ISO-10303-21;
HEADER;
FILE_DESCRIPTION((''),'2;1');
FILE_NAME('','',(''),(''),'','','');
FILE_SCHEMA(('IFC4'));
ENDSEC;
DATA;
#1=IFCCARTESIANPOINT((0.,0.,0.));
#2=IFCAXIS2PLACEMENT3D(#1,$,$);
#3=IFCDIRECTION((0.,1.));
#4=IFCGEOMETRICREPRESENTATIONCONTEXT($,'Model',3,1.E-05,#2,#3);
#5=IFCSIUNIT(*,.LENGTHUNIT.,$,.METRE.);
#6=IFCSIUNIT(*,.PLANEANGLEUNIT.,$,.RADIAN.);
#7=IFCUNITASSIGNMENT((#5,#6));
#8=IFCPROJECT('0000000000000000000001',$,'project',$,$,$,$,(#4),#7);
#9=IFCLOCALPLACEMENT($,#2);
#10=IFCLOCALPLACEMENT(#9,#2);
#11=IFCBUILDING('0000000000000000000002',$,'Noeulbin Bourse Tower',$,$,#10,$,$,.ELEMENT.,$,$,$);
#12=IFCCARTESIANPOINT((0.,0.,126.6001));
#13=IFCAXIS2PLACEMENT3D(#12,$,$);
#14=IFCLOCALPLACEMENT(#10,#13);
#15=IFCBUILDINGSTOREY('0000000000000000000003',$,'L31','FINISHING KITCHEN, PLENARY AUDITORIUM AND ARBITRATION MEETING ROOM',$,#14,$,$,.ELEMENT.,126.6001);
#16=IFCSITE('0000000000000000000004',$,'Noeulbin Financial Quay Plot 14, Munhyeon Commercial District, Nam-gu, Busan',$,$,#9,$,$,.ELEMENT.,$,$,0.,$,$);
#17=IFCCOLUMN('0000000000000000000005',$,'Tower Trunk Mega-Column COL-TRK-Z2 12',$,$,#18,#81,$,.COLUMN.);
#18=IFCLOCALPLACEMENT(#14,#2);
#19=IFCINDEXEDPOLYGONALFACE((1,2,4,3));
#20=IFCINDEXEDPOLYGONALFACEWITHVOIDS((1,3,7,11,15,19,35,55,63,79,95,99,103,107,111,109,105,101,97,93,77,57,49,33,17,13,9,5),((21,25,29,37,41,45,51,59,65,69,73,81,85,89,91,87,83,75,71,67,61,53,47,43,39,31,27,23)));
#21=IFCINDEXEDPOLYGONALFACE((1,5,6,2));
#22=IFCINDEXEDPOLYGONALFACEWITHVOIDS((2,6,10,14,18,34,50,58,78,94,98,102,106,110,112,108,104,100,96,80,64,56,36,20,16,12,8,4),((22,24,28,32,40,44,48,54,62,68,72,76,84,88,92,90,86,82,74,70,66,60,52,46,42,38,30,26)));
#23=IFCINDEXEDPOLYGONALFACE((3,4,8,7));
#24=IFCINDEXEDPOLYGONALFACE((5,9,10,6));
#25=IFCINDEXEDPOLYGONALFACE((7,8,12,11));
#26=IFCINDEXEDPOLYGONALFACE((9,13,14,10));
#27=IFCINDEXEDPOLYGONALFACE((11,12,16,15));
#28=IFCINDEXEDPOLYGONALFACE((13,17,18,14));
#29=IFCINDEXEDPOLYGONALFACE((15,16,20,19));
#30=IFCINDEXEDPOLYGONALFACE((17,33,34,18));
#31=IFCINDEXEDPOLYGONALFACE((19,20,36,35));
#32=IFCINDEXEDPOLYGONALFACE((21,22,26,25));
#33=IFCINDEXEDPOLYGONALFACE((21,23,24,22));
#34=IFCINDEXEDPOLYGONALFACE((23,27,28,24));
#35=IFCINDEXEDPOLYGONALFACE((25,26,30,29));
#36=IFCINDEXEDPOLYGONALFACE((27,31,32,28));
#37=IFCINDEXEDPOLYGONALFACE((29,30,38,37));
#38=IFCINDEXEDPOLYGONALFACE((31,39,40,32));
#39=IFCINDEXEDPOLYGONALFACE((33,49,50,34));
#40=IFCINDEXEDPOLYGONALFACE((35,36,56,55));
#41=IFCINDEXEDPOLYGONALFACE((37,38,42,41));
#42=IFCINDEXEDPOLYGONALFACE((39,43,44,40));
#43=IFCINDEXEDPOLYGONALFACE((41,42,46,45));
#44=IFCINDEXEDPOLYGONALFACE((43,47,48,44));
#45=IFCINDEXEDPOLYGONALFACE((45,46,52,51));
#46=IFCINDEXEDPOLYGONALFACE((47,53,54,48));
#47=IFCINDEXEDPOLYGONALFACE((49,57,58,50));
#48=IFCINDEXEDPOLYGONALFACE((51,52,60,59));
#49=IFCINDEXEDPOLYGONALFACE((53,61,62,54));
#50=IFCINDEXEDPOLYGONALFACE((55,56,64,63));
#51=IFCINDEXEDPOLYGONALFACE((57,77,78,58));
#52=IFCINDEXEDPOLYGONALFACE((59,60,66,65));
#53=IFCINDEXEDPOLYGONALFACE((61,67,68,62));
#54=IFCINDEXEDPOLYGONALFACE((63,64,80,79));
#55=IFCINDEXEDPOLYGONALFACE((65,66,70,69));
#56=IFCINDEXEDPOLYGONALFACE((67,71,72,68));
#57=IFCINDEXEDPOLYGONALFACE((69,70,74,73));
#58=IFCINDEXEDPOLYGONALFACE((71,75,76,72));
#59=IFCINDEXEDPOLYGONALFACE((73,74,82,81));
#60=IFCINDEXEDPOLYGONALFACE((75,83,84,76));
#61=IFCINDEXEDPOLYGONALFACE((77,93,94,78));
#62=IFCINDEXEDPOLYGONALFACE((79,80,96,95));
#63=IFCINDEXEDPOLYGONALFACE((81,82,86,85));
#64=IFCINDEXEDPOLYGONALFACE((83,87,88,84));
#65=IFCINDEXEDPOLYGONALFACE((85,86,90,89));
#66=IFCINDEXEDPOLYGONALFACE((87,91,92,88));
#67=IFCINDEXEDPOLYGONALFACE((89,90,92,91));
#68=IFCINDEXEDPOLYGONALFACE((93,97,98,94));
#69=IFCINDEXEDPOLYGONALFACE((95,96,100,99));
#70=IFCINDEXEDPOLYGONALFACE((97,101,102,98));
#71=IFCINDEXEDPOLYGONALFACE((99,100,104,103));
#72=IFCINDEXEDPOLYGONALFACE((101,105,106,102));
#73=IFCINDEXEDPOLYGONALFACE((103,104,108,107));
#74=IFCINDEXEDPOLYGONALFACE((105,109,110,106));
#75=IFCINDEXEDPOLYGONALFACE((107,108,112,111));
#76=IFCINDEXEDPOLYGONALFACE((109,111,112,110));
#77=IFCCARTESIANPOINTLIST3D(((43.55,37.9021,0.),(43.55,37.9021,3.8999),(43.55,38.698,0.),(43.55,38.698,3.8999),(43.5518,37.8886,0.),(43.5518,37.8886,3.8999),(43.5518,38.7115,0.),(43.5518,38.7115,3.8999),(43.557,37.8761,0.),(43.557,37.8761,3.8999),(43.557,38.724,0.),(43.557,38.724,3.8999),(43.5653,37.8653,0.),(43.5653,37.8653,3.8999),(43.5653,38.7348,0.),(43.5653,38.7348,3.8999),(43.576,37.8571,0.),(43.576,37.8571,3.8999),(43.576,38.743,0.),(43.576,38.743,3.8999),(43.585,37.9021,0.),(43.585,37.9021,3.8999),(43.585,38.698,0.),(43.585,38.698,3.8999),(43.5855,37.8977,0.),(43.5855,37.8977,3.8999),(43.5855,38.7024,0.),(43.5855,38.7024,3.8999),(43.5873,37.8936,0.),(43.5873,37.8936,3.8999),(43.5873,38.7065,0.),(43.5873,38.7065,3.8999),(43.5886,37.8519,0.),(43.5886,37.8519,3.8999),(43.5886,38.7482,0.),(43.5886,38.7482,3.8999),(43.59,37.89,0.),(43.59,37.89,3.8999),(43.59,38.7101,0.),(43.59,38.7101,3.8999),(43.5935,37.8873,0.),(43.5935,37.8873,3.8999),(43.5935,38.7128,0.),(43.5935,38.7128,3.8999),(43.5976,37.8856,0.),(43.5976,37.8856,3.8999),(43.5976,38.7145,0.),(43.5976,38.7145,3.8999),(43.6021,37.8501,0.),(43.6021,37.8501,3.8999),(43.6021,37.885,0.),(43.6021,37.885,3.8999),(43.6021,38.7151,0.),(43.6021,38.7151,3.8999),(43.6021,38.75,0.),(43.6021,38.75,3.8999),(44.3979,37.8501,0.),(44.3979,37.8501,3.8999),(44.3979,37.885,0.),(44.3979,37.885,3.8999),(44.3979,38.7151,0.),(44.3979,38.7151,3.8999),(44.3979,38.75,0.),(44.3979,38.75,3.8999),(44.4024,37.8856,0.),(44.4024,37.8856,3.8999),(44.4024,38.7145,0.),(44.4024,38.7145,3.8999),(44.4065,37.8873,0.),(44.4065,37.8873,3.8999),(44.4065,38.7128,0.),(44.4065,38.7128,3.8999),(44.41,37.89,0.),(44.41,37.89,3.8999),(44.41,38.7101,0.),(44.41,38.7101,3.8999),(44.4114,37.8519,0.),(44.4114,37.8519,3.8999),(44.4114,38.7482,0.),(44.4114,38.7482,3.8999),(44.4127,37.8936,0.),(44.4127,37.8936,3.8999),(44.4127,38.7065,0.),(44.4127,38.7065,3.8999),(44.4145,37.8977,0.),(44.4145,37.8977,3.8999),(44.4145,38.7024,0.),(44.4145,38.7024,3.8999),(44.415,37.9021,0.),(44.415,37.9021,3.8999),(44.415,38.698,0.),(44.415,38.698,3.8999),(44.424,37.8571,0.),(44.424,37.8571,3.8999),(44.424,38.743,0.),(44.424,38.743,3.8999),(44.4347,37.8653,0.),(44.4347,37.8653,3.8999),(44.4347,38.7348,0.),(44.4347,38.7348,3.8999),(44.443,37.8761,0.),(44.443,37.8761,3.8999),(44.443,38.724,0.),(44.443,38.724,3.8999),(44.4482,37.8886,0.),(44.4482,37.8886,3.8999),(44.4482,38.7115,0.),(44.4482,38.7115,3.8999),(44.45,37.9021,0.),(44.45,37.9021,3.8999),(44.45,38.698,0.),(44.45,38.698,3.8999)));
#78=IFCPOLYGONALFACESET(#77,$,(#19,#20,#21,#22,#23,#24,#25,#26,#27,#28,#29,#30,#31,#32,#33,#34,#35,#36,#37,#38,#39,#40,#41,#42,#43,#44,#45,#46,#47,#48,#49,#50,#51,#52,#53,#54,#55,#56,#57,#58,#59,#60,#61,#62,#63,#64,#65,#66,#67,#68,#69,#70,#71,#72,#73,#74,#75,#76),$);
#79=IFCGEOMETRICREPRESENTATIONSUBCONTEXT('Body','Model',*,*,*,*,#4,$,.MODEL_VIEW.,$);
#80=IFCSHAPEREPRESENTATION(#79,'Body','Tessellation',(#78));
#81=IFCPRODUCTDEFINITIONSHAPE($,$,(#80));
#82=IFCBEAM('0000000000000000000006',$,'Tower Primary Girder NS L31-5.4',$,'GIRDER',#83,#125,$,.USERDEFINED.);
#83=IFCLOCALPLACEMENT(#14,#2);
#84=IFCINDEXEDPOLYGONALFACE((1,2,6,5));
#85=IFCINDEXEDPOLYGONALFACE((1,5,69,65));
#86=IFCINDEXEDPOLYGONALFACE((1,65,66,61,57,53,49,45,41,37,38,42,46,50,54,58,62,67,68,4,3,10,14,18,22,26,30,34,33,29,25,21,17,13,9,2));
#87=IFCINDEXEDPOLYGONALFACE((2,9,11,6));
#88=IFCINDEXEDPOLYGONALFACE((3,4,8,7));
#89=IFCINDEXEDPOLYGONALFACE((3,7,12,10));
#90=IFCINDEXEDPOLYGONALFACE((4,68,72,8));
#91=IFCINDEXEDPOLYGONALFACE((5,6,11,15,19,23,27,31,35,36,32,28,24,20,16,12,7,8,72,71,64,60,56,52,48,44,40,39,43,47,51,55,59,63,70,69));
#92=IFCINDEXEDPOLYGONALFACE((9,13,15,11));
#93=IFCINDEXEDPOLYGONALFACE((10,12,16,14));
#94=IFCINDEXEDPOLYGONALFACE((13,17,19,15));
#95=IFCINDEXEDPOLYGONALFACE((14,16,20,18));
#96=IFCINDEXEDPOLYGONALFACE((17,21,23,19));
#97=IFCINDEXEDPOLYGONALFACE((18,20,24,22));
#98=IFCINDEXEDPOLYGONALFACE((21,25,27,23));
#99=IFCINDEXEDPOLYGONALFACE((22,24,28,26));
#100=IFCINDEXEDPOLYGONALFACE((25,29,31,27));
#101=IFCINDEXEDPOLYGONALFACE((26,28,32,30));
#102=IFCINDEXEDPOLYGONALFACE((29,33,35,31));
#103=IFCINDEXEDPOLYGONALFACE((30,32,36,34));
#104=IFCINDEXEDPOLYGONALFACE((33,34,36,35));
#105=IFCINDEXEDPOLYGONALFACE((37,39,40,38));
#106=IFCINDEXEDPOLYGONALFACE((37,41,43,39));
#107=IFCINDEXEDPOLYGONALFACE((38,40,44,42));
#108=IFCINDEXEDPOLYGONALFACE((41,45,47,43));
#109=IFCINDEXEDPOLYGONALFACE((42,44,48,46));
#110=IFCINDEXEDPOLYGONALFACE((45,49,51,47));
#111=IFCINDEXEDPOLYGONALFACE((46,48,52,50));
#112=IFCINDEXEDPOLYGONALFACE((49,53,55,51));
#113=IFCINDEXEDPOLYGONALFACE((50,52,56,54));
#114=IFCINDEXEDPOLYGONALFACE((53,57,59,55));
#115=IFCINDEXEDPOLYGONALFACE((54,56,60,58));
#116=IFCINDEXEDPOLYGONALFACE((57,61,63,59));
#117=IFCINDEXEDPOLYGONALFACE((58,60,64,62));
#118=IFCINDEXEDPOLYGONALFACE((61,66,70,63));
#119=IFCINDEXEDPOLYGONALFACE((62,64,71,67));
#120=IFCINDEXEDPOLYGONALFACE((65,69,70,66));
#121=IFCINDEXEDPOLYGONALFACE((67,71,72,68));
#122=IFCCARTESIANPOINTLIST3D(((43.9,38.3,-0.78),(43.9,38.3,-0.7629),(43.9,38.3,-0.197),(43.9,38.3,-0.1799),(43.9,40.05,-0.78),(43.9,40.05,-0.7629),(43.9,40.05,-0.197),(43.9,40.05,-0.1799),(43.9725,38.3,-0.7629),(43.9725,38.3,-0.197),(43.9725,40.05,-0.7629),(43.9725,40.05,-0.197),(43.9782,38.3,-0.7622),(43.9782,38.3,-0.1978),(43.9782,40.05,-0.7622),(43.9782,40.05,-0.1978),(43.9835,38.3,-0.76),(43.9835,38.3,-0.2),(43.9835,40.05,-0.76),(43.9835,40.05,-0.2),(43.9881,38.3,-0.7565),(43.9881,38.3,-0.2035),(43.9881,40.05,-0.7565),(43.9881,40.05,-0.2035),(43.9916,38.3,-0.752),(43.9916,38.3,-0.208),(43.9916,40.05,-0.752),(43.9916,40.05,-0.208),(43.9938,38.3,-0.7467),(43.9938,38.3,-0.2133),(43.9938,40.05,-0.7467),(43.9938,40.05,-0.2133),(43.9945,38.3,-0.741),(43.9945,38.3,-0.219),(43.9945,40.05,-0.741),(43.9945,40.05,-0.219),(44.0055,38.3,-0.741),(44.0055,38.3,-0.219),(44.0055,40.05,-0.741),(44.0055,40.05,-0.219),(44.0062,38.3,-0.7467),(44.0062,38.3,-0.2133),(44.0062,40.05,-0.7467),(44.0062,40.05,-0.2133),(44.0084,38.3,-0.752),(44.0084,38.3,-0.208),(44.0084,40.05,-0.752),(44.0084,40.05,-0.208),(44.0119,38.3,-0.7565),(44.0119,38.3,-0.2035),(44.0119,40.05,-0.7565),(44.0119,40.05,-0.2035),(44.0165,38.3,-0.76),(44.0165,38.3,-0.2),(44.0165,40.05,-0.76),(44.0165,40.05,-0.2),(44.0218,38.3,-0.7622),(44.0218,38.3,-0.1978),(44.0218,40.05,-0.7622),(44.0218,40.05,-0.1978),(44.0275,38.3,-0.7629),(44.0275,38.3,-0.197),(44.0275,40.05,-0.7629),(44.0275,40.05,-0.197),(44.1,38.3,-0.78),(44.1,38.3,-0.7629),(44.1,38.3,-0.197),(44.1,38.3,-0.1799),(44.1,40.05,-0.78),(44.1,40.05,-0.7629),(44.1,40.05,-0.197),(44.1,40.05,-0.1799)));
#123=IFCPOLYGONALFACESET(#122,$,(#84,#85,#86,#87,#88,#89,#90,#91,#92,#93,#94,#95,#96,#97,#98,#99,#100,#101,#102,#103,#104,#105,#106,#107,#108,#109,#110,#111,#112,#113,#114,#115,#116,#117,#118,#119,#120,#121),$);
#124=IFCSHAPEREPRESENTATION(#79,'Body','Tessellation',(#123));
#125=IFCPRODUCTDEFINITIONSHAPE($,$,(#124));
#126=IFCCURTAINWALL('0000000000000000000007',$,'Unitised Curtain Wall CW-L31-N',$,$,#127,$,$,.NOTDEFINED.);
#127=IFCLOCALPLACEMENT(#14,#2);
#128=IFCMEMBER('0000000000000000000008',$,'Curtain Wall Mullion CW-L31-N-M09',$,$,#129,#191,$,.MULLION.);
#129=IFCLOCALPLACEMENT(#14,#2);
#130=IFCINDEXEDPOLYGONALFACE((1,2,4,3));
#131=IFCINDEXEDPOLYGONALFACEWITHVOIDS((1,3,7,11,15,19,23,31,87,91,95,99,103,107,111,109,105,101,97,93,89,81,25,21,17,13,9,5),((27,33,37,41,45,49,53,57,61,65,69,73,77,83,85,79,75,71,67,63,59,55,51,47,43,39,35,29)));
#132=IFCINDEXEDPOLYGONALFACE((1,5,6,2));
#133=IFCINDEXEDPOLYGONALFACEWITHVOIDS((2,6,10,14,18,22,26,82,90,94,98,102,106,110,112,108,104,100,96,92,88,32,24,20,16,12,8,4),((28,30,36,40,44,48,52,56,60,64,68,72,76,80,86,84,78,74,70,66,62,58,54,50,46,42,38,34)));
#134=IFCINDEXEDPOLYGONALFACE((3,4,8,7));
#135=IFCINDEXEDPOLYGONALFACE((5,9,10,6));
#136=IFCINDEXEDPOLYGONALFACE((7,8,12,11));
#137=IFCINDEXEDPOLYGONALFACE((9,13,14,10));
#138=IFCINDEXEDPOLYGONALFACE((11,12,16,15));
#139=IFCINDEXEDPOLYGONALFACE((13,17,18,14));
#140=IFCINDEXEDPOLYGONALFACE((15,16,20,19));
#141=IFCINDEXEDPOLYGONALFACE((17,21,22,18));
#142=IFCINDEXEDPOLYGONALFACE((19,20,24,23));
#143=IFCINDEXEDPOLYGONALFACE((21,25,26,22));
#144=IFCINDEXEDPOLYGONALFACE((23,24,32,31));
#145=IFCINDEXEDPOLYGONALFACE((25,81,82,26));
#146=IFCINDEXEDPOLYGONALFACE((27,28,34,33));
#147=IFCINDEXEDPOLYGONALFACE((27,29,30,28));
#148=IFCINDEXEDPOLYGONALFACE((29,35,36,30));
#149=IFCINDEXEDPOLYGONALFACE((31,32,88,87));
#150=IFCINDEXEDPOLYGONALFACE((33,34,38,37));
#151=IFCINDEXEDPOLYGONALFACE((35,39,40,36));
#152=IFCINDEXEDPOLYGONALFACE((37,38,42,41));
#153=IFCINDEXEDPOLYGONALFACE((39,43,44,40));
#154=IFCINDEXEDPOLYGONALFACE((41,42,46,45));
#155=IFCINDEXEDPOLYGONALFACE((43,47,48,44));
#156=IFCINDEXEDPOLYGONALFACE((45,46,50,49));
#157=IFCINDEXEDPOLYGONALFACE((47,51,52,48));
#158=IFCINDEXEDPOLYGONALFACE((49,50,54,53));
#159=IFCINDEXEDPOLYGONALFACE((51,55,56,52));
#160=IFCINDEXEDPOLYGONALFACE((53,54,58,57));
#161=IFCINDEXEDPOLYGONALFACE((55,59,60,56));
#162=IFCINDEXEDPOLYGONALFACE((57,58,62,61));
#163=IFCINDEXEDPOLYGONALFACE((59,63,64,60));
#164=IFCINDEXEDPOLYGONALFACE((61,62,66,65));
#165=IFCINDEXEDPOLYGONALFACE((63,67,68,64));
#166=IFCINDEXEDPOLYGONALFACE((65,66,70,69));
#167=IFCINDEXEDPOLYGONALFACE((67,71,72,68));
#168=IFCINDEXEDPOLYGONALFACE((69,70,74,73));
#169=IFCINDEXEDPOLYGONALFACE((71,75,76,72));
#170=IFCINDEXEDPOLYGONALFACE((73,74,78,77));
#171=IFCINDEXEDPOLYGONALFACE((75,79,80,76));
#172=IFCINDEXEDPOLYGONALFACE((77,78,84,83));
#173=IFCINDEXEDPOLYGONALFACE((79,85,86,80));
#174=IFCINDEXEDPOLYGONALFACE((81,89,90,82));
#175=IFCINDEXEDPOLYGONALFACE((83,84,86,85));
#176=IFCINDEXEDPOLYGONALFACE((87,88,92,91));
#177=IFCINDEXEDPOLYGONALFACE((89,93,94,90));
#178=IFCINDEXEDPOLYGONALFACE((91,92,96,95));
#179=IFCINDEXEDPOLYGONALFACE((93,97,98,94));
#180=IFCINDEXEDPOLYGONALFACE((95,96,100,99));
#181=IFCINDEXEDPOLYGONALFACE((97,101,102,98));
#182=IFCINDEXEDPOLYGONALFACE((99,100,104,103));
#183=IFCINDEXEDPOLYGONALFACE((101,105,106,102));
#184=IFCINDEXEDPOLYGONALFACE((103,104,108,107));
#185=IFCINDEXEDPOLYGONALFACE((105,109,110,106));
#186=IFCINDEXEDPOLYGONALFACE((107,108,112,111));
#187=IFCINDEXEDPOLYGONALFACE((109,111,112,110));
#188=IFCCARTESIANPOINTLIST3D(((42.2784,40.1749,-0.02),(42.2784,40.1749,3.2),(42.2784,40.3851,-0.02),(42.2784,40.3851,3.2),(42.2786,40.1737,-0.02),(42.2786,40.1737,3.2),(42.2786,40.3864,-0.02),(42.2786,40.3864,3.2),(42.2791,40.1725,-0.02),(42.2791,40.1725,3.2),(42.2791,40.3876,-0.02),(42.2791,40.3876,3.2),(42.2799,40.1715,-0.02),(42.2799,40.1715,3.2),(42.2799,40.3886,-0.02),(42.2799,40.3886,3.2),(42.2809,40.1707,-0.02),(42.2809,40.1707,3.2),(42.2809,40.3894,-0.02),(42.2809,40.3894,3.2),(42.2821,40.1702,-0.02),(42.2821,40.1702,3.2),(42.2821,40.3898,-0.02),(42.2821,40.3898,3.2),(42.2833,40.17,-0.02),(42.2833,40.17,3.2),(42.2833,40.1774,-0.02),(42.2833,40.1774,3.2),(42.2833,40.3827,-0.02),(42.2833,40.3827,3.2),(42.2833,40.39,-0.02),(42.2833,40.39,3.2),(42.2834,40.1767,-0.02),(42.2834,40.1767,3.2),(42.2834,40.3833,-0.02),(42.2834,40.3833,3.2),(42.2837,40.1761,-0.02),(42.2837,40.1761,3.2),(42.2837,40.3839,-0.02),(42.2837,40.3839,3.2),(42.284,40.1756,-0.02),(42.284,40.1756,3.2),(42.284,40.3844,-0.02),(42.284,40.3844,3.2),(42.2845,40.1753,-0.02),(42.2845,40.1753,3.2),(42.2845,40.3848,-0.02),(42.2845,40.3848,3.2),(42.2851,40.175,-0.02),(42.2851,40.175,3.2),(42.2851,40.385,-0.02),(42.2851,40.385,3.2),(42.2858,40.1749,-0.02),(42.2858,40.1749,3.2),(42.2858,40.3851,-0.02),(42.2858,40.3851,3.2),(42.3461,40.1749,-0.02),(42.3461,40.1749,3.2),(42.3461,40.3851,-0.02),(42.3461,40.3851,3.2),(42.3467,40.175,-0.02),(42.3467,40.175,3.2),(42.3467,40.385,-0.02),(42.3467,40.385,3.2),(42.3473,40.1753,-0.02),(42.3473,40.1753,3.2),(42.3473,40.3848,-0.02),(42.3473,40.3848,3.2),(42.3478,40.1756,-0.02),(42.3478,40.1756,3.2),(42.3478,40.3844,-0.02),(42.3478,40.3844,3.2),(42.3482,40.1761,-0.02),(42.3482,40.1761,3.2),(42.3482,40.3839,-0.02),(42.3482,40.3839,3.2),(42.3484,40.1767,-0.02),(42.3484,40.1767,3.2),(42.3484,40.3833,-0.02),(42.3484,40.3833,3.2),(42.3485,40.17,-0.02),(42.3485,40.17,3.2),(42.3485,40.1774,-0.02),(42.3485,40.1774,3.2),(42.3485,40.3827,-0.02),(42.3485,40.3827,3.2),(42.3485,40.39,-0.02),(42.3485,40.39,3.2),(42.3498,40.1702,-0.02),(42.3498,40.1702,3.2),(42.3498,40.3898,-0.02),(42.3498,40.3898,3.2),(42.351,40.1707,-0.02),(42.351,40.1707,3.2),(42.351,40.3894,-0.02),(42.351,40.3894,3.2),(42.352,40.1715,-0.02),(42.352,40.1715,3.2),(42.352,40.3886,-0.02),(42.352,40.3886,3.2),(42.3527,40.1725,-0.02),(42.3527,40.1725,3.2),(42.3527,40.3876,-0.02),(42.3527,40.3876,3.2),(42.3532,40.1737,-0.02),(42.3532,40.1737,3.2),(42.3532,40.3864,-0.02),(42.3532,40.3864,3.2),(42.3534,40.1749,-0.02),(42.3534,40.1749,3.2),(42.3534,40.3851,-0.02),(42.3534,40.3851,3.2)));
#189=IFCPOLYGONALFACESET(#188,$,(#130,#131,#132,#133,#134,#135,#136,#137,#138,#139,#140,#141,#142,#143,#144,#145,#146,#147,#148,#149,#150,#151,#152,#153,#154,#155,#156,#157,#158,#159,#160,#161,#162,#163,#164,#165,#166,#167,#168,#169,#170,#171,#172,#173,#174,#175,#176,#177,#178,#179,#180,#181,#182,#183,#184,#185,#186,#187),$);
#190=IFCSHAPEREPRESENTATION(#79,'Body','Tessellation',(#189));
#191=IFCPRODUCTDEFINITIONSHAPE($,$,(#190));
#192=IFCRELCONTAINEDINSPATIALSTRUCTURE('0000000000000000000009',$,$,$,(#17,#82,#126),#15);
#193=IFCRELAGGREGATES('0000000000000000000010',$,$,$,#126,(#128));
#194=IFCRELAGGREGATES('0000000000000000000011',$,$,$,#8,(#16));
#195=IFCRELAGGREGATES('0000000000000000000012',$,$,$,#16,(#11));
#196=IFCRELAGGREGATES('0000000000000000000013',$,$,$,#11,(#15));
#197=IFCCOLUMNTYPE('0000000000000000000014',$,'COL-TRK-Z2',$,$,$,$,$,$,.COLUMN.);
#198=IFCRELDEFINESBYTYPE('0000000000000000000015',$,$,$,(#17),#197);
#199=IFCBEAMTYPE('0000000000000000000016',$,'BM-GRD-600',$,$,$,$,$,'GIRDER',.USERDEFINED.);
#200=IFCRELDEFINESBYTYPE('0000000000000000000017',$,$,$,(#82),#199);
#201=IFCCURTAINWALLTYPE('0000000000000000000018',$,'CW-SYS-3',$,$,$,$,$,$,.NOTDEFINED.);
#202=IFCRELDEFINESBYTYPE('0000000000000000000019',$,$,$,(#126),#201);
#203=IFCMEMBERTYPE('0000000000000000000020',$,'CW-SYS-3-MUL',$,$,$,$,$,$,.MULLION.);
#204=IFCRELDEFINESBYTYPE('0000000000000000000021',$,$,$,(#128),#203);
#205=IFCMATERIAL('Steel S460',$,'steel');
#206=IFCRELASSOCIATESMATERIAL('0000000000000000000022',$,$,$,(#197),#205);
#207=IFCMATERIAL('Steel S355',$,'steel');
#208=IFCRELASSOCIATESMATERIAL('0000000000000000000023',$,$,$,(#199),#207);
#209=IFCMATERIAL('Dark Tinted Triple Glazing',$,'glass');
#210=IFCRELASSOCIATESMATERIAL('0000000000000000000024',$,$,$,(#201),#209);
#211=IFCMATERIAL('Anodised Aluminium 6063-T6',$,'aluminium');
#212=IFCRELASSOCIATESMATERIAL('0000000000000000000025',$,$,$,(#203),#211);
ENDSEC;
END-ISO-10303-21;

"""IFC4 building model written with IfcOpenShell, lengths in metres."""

from ifc_helpers import new_model, si_unit, direction, frame, origin, origin_2d, place, context, subcontext, project, spatial, hollow_rectangle, i_section, extrude, material, material_profile, profile_set, type_object, element, aggregate, save


model = new_model("IFC4")

# Units and contexts
model_context = context("Model", 3, precision=1e-05, world=origin(), true_north=direction((0.0, 1.0)))
body_context = subcontext(model_context, "Body", "Model", "MODEL_VIEW")
ifc_project = project(units=[si_unit("LENGTHUNIT", "METRE"), si_unit("PLANEANGLEUNIT", "RADIAN")], contexts=[model_context])

# Site, building, storey
site_placement = place(None, origin())
site = spatial("IfcSite", under=ifc_project, at=site_placement, Name="Noeulbin Financial Quay Plot 14, Munhyeon Commercial District, Nam-gu, Busan", CompositionType="ELEMENT", RefElevation=0.0)
building_placement = place(site_placement, origin())
building = spatial("IfcBuilding", under=site, at=building_placement, Name="Noeulbin Bourse Tower", CompositionType="ELEMENT")
storey_placement = place(building_placement, frame((0.0, 0.0, 126.6001)))
storey = spatial("IfcBuildingStorey", under=building, at=storey_placement, Name="L31", Description="FINISHING KITCHEN, PLENARY AUDITORIUM AND ARBITRATION MEETING ROOM", CompositionType="ELEMENT", Elevation=126.6001)

# Column
ifc_material_1 = material(Name="Steel S460", Category="steel")
ifc_material_profile_1 = material_profile(ifc_material_1, hollow_rectangle(XDim=0.8999, YDim=0.8999, WallThickness=0.0349, InnerFilletRadius=0.0171, OuterFilletRadius=0.052, at=origin_2d()), Name="BOX-900x900x35", Category="LoadBearing")
ifc_profile_set_1 = profile_set([ifc_material_profile_1], Name="Steel S460")
column_type = type_object("IfcColumnType", Name="COL-TRK-Z2", PredefinedType="COLUMN", material=ifc_profile_set_1)
column_placement = place(storey_placement, frame((44.0, 38.3, 0.0), z_axis=(0.0, 0.0, 1.0), x_axis=(1.0, 0.0, 0.0)))
element("IfcColumn", 1, at=column_placement, inside=storey, type_object=column_type, Name="Tower Trunk Mega-Column COL-TRK-Z2 12", PredefinedType="COLUMN", context=body_context, shape_type="SweptSolid", body=[
    extrude(hollow_rectangle(XDim=0.8999, YDim=0.8999, WallThickness=0.0349, InnerFilletRadius=0.0171, OuterFilletRadius=0.052, at=origin_2d()), origin(), (0.0, 0.0, 1.0), 3.8999),
])

# Beam
ifc_material_2 = material(Name="Steel S355", Category="steel")
ifc_material_profile_2 = material_profile(ifc_material_2, i_section(OverallWidth=0.2, OverallDepth=0.6001, WebThickness=0.011, FlangeThickness=0.0171, FilletRadius=0.022, at=origin_2d()), Name="H-600x200x11x17", Category="LoadBearing")
ifc_profile_set_2 = profile_set([ifc_material_profile_2], Name="Steel S355")
beam_type = type_object("IfcBeamType", Name="BM-GRD-600", ElementType="GIRDER", PredefinedType="USERDEFINED", material=ifc_profile_set_2)
beam_placement = place(storey_placement, frame((44.0, 38.3, -0.48), z_axis=(0.0, 1.0, 0.0), x_axis=(-1.0, 0.0, 0.0)))
element("IfcBeam", 2, at=beam_placement, inside=storey, type_object=beam_type, Name="Tower Primary Girder NS L31-5.4", ObjectType="GIRDER", PredefinedType="USERDEFINED", context=body_context, shape_type="SweptSolid", body=[
    extrude(i_section(OverallWidth=0.2, OverallDepth=0.6001, WebThickness=0.011, FlangeThickness=0.0171, FilletRadius=0.022, at=origin_2d()), origin(), (0.0, 0.0, 1.0), 1.75),
])

# Curtain wall, member
ifc_material_3 = material(Name="Dark Tinted Triple Glazing", Category="glass")
curtain_wall_type = type_object("IfcCurtainWallType", Name="CW-SYS-3", PredefinedType="NOTDEFINED", material=ifc_material_3)
curtain_wall_1_placement = place(storey_placement, origin())
curtain_wall_1 = element("IfcCurtainWall", 3, at=curtain_wall_1_placement, inside=storey, type_object=curtain_wall_type, Name="Unitised Curtain Wall CW-L31-N", PredefinedType="NOTDEFINED")
ifc_material_4 = material(Name="Anodised Aluminium 6063-T6", Category="aluminium")
ifc_material_profile_3 = material_profile(ifc_material_4, hollow_rectangle(XDim=0.075, YDim=0.22, WallThickness=0.0049, InnerFilletRadius=0.0024, OuterFilletRadius=0.0049, at=origin_2d()), Name="ALU-MULL-75x220x5", Category="LoadBearing")
ifc_profile_set_3 = profile_set([ifc_material_profile_3], Name="Anodised Aluminium 6063-T6")
member_type_1 = type_object("IfcMemberType", Name="CW-SYS-3-MUL", PredefinedType="MULLION", material=ifc_profile_set_3)
member_1_placement = place(storey_placement, frame((42.3159, 40.28, -0.02), z_axis=(0.0, 0.0, 1.0), x_axis=(1.0, 0.0, 0.0)))
member_1 = element("IfcMember", 4, at=member_1_placement, type_object=member_type_1, Name="Curtain Wall Mullion CW-L31-N-M09", PredefinedType="MULLION", context=body_context, shape_type="SweptSolid", body=[
    extrude(hollow_rectangle(XDim=0.075, YDim=0.22, WallThickness=0.0049, InnerFilletRadius=0.0024, OuterFilletRadius=0.0049, at=origin_2d()), origin(), (0.0, 0.0, 1.0), 3.22),
])

aggregate(curtain_wall_1, [member_1])

save(model, "model.ifc")
